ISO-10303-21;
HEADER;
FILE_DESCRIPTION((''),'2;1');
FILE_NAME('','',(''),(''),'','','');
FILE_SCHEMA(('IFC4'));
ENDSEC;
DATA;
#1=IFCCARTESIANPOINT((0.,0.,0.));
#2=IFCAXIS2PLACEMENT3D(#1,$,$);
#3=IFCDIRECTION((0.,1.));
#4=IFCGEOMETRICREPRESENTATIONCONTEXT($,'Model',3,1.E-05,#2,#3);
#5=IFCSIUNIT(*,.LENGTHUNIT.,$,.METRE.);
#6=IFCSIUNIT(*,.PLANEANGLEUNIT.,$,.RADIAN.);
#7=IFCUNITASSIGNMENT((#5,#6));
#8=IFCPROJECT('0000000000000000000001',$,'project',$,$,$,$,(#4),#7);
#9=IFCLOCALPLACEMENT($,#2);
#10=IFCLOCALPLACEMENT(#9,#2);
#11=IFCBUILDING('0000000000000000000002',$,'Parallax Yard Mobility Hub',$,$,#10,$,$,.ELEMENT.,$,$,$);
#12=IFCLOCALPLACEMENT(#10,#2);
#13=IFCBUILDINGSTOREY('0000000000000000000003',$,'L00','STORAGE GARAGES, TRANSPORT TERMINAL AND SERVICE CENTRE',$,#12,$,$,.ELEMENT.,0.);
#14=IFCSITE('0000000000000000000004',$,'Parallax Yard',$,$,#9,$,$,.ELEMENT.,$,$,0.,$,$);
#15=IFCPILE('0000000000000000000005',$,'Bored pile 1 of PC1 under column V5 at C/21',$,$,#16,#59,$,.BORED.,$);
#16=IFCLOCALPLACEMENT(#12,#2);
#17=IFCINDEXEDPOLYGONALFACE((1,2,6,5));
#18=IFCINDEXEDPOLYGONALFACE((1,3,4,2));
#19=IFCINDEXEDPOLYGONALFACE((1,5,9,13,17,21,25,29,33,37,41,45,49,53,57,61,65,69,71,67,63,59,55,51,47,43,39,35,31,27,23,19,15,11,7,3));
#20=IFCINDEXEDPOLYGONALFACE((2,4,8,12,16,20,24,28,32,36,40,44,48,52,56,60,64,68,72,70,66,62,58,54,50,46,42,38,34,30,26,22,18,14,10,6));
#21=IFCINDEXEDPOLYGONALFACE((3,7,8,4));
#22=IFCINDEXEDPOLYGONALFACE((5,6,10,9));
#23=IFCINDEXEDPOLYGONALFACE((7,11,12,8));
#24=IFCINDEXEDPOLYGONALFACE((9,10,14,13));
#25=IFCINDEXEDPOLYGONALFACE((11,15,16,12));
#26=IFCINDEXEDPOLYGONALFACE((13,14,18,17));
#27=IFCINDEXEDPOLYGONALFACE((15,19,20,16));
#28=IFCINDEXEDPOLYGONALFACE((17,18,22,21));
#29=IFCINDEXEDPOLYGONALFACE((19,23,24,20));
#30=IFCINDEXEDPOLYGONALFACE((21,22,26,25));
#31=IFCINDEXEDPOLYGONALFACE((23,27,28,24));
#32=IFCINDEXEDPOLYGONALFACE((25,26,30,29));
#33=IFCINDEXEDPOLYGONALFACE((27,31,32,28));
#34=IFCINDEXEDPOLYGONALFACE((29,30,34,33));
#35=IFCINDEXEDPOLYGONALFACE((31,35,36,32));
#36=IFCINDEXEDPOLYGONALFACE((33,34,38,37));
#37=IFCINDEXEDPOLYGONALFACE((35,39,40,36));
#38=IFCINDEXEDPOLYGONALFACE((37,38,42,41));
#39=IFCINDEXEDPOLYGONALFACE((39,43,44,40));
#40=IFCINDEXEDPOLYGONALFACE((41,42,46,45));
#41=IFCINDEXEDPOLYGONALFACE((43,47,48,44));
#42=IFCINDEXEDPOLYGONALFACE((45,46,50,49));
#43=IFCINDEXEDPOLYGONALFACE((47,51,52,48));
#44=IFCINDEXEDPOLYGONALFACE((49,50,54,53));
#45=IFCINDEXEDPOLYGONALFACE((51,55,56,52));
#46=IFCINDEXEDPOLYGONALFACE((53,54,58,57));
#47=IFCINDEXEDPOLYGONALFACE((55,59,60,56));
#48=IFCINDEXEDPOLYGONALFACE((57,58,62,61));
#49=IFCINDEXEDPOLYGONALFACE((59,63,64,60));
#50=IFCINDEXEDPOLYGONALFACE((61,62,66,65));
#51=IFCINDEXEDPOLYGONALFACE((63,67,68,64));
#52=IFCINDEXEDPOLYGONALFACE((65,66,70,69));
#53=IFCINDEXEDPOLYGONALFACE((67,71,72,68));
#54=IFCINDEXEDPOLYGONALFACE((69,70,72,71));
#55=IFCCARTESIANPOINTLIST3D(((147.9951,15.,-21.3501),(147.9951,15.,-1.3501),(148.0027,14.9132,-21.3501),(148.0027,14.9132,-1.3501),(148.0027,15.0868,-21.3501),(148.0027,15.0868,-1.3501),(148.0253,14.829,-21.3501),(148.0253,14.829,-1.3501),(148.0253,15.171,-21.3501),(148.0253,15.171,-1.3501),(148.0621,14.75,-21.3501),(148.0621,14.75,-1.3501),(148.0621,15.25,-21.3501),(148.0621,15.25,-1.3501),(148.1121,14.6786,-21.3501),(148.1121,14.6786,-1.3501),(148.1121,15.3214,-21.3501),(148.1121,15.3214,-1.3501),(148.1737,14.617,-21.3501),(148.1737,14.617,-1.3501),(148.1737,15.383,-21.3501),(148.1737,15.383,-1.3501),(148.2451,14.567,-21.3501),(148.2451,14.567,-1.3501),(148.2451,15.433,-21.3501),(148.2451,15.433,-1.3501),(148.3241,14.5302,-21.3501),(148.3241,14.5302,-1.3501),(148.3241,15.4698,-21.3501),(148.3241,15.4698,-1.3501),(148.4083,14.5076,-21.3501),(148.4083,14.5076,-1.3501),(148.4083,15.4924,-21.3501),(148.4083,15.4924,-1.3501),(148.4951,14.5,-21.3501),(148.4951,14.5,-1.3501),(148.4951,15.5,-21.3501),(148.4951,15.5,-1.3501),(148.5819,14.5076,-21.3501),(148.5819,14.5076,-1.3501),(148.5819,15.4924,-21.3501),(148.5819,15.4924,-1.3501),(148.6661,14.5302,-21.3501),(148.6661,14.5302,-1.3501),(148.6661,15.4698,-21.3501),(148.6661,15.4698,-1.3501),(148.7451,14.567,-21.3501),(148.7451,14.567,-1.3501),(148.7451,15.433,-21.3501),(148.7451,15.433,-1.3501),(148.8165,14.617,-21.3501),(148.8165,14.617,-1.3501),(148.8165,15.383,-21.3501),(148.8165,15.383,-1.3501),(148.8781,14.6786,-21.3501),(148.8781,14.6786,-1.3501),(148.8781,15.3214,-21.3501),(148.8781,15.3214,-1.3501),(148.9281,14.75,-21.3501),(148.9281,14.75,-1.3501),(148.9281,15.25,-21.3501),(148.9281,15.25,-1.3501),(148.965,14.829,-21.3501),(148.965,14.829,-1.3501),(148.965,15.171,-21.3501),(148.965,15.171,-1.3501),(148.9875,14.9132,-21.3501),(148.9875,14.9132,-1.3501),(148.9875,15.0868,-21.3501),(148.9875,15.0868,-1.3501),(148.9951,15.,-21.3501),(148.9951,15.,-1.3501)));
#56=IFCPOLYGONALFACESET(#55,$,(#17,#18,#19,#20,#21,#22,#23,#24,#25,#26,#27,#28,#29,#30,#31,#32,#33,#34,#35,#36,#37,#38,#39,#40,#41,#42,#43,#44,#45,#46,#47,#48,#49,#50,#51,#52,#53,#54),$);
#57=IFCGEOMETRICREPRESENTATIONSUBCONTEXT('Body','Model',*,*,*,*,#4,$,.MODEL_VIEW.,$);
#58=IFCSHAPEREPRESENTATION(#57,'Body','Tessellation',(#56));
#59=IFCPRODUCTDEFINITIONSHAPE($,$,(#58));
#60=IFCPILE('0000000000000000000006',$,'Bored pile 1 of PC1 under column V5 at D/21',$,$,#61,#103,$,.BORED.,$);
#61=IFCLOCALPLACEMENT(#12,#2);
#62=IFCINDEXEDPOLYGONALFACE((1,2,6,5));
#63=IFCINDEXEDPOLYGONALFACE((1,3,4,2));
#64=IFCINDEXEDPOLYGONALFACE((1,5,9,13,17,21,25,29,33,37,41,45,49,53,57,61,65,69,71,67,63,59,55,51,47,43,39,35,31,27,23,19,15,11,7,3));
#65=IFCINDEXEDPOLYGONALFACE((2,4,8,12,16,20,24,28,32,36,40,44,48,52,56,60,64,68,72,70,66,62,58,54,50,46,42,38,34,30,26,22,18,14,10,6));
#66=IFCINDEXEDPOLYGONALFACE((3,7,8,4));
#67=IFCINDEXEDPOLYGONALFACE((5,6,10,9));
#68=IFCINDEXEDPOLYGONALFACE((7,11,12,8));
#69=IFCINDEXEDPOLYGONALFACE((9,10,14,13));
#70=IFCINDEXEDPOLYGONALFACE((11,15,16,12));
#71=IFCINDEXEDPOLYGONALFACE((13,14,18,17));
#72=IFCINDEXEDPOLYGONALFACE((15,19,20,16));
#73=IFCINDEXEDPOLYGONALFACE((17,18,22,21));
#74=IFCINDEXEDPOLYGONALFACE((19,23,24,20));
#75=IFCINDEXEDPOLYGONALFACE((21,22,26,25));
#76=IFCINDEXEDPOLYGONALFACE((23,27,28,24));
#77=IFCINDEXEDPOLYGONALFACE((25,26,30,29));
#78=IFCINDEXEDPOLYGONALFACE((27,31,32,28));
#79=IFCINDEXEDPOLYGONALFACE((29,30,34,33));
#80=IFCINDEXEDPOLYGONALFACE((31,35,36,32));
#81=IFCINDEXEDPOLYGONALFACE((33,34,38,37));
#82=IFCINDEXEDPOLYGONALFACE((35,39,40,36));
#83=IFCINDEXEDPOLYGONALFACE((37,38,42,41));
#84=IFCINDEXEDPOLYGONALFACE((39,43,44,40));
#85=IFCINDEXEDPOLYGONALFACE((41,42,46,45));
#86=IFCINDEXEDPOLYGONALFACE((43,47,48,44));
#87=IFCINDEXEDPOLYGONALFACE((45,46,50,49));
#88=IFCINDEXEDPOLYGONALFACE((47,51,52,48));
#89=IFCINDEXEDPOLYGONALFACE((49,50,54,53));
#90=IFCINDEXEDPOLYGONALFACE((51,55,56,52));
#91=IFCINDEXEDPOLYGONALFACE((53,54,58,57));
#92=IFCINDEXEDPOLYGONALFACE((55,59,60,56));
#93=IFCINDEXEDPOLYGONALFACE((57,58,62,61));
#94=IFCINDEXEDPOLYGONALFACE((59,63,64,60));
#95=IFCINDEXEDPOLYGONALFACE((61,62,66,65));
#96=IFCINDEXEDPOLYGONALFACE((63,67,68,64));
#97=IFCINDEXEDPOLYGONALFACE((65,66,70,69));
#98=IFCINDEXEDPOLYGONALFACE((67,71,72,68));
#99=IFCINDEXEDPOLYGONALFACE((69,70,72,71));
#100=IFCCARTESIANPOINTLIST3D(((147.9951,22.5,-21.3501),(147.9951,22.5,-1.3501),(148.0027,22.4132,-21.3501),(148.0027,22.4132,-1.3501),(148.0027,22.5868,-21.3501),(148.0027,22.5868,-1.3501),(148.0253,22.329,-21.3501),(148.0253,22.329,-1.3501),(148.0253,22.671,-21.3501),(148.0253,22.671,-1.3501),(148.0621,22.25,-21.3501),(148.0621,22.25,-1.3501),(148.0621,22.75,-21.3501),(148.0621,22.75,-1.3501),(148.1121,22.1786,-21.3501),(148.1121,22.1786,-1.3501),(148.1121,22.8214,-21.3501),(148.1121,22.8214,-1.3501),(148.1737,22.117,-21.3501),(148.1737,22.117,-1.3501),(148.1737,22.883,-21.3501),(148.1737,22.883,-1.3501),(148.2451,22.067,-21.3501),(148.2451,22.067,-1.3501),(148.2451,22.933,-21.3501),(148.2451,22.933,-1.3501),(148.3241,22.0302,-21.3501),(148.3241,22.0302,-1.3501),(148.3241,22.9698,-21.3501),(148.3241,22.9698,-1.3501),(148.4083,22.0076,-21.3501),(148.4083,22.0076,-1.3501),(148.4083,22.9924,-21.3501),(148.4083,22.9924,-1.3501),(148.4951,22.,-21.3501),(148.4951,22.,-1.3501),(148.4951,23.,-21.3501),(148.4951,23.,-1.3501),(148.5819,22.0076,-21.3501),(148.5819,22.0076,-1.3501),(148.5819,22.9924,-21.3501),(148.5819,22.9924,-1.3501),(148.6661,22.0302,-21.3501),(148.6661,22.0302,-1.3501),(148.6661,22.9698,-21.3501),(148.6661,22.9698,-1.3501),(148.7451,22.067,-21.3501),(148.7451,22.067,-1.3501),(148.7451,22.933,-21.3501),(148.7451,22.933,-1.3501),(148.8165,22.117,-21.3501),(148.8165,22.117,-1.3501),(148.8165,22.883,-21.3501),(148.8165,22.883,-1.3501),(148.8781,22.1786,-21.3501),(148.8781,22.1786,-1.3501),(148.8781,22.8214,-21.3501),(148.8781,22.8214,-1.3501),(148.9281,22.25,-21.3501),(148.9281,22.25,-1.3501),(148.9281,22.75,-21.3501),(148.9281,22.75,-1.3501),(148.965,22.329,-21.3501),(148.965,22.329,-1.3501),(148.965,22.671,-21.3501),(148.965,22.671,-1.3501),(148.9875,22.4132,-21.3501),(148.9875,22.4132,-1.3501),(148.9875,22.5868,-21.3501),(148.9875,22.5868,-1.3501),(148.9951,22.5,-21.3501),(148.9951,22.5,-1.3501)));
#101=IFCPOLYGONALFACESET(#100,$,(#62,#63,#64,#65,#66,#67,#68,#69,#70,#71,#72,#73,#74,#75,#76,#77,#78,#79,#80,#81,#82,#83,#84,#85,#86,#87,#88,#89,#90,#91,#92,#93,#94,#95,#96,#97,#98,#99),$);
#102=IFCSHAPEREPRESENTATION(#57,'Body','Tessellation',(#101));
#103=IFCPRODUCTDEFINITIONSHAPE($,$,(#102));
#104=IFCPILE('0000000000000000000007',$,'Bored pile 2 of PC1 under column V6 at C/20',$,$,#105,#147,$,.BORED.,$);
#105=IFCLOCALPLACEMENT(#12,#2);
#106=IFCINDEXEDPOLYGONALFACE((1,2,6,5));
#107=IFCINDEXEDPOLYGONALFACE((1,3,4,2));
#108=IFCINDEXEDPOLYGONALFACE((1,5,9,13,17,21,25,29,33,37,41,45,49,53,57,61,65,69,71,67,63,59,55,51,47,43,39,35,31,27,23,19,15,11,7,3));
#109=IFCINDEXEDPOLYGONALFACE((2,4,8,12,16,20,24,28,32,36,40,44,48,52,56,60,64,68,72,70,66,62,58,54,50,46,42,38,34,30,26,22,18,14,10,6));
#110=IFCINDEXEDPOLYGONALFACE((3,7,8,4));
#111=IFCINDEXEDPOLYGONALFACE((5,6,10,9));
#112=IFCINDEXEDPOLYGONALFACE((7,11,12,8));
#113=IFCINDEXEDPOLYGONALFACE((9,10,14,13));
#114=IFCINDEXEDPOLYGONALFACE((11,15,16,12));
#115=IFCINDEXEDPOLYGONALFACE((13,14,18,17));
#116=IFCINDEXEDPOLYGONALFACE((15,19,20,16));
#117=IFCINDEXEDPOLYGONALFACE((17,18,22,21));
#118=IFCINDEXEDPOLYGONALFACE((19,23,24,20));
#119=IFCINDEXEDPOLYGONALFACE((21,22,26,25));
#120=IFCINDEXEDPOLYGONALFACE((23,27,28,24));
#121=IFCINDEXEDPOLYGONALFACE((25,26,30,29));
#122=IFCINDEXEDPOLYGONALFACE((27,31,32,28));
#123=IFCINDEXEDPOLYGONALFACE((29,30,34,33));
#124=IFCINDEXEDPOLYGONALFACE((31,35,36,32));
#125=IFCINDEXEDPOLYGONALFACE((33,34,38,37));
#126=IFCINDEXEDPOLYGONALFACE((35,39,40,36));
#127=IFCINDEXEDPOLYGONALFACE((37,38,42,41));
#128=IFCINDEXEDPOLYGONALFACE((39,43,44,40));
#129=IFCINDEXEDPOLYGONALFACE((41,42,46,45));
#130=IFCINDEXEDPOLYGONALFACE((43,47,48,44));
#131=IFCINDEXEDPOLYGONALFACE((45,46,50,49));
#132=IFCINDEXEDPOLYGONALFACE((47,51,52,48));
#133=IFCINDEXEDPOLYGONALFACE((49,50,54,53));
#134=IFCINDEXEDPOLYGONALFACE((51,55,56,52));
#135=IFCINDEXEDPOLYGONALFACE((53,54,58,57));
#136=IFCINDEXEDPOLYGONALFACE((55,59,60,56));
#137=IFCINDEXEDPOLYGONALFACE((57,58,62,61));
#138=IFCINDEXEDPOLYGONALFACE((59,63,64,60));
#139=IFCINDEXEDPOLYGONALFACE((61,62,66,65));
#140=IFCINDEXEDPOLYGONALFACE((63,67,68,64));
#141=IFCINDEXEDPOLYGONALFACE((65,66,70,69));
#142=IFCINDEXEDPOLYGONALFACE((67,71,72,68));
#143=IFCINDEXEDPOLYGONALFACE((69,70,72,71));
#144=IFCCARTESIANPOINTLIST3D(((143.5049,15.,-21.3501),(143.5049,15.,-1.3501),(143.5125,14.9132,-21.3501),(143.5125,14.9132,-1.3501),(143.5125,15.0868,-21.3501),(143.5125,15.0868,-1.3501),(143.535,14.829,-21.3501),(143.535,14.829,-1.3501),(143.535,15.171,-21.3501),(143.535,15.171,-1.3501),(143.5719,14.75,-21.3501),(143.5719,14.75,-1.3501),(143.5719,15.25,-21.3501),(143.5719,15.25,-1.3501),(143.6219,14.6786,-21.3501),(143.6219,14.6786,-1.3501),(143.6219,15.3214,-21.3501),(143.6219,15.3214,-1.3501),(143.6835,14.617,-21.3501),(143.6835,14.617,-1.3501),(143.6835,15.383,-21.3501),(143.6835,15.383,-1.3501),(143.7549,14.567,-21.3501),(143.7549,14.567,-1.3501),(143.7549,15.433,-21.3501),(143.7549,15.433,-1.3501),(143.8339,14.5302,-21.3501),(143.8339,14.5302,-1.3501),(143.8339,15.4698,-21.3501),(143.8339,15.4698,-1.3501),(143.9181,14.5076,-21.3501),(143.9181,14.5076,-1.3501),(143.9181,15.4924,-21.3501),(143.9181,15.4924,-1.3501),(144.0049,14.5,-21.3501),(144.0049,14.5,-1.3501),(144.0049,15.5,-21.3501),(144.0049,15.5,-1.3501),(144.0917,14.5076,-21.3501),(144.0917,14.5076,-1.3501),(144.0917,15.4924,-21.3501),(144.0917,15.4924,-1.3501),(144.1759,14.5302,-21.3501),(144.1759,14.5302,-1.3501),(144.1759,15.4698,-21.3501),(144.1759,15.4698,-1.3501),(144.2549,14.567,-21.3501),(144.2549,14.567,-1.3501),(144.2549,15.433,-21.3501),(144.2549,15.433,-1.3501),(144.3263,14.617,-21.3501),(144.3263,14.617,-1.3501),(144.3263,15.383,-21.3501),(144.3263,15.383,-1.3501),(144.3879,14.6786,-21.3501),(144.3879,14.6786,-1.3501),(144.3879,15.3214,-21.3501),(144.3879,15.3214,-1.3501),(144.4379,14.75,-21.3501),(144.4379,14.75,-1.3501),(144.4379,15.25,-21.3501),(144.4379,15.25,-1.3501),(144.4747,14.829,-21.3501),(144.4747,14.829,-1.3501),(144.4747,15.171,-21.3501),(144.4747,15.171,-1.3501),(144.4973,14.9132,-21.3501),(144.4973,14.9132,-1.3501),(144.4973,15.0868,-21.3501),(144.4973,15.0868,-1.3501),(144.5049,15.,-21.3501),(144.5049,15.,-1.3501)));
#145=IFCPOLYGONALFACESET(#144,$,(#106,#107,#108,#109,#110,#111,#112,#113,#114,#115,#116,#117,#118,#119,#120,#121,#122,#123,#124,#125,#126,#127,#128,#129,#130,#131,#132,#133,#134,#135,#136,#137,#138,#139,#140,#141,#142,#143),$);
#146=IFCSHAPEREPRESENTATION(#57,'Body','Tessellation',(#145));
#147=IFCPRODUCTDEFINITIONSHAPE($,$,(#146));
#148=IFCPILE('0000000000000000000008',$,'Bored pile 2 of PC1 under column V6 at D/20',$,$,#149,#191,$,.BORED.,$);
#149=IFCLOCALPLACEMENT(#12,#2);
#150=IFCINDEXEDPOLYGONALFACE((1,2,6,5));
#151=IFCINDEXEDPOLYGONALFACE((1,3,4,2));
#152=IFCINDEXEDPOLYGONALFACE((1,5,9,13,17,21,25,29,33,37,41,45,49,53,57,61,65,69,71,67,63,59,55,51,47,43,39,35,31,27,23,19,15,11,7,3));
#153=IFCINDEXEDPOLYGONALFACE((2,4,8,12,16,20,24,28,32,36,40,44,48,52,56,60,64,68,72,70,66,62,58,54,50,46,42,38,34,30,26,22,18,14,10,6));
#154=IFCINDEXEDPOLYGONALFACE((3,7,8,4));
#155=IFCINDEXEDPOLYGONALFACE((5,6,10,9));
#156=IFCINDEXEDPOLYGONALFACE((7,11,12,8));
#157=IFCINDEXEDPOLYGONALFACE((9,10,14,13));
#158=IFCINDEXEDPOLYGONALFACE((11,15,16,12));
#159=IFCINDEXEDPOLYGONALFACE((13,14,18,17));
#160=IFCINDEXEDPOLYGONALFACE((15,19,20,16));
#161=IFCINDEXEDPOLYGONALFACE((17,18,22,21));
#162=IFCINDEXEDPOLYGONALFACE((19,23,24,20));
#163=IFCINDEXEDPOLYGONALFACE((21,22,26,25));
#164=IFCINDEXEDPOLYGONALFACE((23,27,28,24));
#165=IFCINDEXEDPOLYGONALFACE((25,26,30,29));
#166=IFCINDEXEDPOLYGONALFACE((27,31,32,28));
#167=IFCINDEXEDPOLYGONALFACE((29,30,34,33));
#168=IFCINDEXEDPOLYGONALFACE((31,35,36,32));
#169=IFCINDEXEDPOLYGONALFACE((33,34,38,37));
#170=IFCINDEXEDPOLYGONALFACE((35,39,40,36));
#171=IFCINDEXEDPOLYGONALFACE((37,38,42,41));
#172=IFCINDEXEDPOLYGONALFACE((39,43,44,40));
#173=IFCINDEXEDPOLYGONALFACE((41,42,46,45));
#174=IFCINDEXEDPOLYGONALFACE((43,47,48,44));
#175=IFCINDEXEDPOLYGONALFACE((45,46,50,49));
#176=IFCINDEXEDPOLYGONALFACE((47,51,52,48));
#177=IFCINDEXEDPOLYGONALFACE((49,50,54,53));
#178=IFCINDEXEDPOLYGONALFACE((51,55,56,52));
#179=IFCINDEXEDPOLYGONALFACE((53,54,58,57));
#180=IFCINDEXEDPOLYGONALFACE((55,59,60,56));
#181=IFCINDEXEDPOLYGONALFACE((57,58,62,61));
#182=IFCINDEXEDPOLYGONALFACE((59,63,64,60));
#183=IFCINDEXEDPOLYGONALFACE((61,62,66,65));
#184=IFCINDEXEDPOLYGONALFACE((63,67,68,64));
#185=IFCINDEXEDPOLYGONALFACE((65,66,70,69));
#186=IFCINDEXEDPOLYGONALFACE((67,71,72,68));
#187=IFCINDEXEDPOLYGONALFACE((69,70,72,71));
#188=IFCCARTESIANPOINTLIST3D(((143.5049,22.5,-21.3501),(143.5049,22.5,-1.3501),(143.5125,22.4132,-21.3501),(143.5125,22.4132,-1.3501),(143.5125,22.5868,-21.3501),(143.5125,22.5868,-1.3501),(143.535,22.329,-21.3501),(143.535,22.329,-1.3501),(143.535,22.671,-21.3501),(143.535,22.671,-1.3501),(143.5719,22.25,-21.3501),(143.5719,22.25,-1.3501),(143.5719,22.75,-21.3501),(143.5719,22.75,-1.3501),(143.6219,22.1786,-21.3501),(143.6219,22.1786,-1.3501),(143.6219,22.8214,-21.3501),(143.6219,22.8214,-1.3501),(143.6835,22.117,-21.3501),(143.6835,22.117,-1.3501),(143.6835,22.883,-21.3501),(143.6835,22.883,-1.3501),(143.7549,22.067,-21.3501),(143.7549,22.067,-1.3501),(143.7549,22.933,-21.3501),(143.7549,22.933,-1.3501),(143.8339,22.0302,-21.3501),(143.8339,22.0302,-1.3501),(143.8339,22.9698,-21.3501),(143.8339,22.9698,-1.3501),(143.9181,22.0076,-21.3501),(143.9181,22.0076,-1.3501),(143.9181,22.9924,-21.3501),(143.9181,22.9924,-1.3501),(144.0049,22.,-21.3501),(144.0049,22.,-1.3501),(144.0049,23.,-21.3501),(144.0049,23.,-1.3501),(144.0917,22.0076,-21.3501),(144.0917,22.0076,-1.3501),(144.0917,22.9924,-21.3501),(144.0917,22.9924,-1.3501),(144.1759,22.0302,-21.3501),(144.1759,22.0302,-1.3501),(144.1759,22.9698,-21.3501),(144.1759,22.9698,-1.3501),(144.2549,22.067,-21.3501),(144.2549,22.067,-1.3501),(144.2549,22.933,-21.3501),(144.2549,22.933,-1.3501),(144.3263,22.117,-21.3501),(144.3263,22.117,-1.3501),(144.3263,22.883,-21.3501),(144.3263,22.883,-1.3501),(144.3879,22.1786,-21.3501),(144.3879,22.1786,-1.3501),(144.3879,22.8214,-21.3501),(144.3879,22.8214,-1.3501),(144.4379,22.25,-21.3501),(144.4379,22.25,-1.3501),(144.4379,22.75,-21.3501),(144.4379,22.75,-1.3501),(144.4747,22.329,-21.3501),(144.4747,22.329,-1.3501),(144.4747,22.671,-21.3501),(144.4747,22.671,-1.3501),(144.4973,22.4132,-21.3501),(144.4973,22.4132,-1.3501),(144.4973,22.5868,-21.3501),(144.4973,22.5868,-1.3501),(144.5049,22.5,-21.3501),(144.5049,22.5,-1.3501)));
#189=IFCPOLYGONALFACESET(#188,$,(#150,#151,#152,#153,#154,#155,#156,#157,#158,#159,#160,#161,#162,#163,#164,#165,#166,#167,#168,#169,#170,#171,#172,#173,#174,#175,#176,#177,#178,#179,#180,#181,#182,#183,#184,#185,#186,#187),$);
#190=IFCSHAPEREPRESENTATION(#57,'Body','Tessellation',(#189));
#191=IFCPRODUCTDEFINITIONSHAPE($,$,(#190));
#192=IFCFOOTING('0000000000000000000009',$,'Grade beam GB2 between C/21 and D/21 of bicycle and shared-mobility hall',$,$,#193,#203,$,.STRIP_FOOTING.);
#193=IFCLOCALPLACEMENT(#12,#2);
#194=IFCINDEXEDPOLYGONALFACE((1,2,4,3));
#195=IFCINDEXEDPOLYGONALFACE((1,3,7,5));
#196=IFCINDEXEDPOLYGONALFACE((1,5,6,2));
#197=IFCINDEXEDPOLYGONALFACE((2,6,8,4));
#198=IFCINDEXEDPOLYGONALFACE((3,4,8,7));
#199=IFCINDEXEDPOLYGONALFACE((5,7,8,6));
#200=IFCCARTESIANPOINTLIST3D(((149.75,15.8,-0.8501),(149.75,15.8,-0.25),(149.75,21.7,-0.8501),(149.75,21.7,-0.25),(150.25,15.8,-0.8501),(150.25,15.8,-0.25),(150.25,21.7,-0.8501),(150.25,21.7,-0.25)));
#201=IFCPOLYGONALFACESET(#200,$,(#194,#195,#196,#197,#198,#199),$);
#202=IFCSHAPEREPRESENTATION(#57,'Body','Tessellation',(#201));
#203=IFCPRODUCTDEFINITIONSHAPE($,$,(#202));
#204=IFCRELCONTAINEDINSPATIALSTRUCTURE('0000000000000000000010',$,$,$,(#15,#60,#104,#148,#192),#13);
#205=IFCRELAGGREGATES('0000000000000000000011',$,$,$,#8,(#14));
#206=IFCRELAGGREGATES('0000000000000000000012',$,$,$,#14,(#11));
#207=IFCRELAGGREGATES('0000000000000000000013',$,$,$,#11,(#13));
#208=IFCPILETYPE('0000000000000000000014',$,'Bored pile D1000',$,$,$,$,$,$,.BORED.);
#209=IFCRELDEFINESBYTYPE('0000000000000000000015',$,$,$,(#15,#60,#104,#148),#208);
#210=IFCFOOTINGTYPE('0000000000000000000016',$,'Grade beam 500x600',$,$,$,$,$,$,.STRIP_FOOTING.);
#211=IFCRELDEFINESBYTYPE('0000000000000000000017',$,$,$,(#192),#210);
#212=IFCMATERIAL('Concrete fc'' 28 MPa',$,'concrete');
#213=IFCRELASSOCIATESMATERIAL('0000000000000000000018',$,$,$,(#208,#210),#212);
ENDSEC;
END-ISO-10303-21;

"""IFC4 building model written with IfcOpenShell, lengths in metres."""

from ifc_helpers import new_model, si_unit, direction, frame, origin, origin_2d, place, context, subcontext, project, spatial, rectangle, circle, extrude, material, material_profile, profile_set, type_object, element, save


model = new_model("IFC4")

# Units and contexts
model_context = context("Model", 3, precision=1e-05, world=origin(), true_north=direction((0.0, 1.0)))
body_context = subcontext(model_context, "Body", "Model", "MODEL_VIEW")
ifc_project = project(units=[si_unit("LENGTHUNIT", "METRE"), si_unit("PLANEANGLEUNIT", "RADIAN")], contexts=[model_context])

# Site, building, storey
site_placement = place(None, origin())
site = spatial("IfcSite", under=ifc_project, at=site_placement, Name="Parallax Yard", CompositionType="ELEMENT", RefElevation=0.0)
building_placement = place(site_placement, origin())
building = spatial("IfcBuilding", under=site, at=building_placement, Name="Parallax Yard Mobility Hub", CompositionType="ELEMENT")
storey_placement = place(building_placement, origin())
storey = spatial("IfcBuildingStorey", under=building, at=storey_placement, Name="L00", Description="STORAGE GARAGES, TRANSPORT TERMINAL AND SERVICE CENTRE", CompositionType="ELEMENT", Elevation=0.0)

# Piles
ifc_material_1 = material(Name="Concrete fc' 28 MPa", Category="concrete")
ifc_material_profile_1 = material_profile(ifc_material_1, circle(Radius=0.5, at=origin_2d()), Name="Bored pile D1000")
ifc_profile_set_1 = profile_set([ifc_material_profile_1], Name="Concrete fc' 28 MPa")
pile_type = type_object("IfcPileType", Name="Bored pile D1000", PredefinedType="BORED", material=ifc_profile_set_1)
for number, where, z_axis, x_axis, name in (
    (1, (148.4951, 15.0, -1.3501), (0.0, 0.0, -1.0), (1.0, 0.0, 0.0), "Bored pile 1 of PC1 under column V5 at C/21"),
    (2, (148.4951, 22.5, -1.3501), (0.0, 0.0, -1.0), (1.0, 0.0, 0.0), "Bored pile 1 of PC1 under column V5 at D/21"),
    (3, (144.0049, 15.0, -1.3501), (0.0, 0.0, -1.0), (1.0, 0.0, 0.0), "Bored pile 2 of PC1 under column V6 at C/20"),
    (4, (144.0049, 22.5, -1.3501), (0.0, 0.0, -1.0), (1.0, 0.0, 0.0), "Bored pile 2 of PC1 under column V6 at D/20"),
):
    element("IfcPile", number, at=place(storey_placement, frame(where, z_axis=z_axis, x_axis=x_axis)), inside=storey, type_object=pile_type, Name=name, PredefinedType="BORED", context=body_context, shape_type="SweptSolid", body=[
        extrude(circle(Radius=0.5, at=origin_2d()), origin(), (0.0, 0.0, 1.0), 20.0),
    ])

# Footing
ifc_material_profile_2 = material_profile(ifc_material_1, rectangle(XDim=0.5, YDim=0.6001, at=origin_2d()), Name="Grade beam 500x600")
ifc_profile_set_2 = profile_set([ifc_material_profile_2], Name="Concrete fc' 28 MPa")
footing_type_1 = type_object("IfcFootingType", Name="Grade beam 500x600", PredefinedType="STRIP_FOOTING", material=ifc_profile_set_2)
for number, where, z_axis, x_axis, name in (
    (5, (150.0, 15.8, -0.55), (0.0, 1.0, 0.0), (-1.0, 0.0, 0.0), "Grade beam GB2 between C/21 and D/21 of bicycle and shared-mobility hall"),
):
    element("IfcFooting", number, at=place(storey_placement, frame(where, z_axis=z_axis, x_axis=x_axis)), inside=storey, type_object=footing_type_1, Name=name, PredefinedType="STRIP_FOOTING", context=body_context, shape_type="SweptSolid", body=[
        extrude(rectangle(XDim=0.5, YDim=0.6001, at=origin_2d()), origin(), (0.0, 0.0, 1.0), 5.8999),
    ])

save(model, "model.ifc")
